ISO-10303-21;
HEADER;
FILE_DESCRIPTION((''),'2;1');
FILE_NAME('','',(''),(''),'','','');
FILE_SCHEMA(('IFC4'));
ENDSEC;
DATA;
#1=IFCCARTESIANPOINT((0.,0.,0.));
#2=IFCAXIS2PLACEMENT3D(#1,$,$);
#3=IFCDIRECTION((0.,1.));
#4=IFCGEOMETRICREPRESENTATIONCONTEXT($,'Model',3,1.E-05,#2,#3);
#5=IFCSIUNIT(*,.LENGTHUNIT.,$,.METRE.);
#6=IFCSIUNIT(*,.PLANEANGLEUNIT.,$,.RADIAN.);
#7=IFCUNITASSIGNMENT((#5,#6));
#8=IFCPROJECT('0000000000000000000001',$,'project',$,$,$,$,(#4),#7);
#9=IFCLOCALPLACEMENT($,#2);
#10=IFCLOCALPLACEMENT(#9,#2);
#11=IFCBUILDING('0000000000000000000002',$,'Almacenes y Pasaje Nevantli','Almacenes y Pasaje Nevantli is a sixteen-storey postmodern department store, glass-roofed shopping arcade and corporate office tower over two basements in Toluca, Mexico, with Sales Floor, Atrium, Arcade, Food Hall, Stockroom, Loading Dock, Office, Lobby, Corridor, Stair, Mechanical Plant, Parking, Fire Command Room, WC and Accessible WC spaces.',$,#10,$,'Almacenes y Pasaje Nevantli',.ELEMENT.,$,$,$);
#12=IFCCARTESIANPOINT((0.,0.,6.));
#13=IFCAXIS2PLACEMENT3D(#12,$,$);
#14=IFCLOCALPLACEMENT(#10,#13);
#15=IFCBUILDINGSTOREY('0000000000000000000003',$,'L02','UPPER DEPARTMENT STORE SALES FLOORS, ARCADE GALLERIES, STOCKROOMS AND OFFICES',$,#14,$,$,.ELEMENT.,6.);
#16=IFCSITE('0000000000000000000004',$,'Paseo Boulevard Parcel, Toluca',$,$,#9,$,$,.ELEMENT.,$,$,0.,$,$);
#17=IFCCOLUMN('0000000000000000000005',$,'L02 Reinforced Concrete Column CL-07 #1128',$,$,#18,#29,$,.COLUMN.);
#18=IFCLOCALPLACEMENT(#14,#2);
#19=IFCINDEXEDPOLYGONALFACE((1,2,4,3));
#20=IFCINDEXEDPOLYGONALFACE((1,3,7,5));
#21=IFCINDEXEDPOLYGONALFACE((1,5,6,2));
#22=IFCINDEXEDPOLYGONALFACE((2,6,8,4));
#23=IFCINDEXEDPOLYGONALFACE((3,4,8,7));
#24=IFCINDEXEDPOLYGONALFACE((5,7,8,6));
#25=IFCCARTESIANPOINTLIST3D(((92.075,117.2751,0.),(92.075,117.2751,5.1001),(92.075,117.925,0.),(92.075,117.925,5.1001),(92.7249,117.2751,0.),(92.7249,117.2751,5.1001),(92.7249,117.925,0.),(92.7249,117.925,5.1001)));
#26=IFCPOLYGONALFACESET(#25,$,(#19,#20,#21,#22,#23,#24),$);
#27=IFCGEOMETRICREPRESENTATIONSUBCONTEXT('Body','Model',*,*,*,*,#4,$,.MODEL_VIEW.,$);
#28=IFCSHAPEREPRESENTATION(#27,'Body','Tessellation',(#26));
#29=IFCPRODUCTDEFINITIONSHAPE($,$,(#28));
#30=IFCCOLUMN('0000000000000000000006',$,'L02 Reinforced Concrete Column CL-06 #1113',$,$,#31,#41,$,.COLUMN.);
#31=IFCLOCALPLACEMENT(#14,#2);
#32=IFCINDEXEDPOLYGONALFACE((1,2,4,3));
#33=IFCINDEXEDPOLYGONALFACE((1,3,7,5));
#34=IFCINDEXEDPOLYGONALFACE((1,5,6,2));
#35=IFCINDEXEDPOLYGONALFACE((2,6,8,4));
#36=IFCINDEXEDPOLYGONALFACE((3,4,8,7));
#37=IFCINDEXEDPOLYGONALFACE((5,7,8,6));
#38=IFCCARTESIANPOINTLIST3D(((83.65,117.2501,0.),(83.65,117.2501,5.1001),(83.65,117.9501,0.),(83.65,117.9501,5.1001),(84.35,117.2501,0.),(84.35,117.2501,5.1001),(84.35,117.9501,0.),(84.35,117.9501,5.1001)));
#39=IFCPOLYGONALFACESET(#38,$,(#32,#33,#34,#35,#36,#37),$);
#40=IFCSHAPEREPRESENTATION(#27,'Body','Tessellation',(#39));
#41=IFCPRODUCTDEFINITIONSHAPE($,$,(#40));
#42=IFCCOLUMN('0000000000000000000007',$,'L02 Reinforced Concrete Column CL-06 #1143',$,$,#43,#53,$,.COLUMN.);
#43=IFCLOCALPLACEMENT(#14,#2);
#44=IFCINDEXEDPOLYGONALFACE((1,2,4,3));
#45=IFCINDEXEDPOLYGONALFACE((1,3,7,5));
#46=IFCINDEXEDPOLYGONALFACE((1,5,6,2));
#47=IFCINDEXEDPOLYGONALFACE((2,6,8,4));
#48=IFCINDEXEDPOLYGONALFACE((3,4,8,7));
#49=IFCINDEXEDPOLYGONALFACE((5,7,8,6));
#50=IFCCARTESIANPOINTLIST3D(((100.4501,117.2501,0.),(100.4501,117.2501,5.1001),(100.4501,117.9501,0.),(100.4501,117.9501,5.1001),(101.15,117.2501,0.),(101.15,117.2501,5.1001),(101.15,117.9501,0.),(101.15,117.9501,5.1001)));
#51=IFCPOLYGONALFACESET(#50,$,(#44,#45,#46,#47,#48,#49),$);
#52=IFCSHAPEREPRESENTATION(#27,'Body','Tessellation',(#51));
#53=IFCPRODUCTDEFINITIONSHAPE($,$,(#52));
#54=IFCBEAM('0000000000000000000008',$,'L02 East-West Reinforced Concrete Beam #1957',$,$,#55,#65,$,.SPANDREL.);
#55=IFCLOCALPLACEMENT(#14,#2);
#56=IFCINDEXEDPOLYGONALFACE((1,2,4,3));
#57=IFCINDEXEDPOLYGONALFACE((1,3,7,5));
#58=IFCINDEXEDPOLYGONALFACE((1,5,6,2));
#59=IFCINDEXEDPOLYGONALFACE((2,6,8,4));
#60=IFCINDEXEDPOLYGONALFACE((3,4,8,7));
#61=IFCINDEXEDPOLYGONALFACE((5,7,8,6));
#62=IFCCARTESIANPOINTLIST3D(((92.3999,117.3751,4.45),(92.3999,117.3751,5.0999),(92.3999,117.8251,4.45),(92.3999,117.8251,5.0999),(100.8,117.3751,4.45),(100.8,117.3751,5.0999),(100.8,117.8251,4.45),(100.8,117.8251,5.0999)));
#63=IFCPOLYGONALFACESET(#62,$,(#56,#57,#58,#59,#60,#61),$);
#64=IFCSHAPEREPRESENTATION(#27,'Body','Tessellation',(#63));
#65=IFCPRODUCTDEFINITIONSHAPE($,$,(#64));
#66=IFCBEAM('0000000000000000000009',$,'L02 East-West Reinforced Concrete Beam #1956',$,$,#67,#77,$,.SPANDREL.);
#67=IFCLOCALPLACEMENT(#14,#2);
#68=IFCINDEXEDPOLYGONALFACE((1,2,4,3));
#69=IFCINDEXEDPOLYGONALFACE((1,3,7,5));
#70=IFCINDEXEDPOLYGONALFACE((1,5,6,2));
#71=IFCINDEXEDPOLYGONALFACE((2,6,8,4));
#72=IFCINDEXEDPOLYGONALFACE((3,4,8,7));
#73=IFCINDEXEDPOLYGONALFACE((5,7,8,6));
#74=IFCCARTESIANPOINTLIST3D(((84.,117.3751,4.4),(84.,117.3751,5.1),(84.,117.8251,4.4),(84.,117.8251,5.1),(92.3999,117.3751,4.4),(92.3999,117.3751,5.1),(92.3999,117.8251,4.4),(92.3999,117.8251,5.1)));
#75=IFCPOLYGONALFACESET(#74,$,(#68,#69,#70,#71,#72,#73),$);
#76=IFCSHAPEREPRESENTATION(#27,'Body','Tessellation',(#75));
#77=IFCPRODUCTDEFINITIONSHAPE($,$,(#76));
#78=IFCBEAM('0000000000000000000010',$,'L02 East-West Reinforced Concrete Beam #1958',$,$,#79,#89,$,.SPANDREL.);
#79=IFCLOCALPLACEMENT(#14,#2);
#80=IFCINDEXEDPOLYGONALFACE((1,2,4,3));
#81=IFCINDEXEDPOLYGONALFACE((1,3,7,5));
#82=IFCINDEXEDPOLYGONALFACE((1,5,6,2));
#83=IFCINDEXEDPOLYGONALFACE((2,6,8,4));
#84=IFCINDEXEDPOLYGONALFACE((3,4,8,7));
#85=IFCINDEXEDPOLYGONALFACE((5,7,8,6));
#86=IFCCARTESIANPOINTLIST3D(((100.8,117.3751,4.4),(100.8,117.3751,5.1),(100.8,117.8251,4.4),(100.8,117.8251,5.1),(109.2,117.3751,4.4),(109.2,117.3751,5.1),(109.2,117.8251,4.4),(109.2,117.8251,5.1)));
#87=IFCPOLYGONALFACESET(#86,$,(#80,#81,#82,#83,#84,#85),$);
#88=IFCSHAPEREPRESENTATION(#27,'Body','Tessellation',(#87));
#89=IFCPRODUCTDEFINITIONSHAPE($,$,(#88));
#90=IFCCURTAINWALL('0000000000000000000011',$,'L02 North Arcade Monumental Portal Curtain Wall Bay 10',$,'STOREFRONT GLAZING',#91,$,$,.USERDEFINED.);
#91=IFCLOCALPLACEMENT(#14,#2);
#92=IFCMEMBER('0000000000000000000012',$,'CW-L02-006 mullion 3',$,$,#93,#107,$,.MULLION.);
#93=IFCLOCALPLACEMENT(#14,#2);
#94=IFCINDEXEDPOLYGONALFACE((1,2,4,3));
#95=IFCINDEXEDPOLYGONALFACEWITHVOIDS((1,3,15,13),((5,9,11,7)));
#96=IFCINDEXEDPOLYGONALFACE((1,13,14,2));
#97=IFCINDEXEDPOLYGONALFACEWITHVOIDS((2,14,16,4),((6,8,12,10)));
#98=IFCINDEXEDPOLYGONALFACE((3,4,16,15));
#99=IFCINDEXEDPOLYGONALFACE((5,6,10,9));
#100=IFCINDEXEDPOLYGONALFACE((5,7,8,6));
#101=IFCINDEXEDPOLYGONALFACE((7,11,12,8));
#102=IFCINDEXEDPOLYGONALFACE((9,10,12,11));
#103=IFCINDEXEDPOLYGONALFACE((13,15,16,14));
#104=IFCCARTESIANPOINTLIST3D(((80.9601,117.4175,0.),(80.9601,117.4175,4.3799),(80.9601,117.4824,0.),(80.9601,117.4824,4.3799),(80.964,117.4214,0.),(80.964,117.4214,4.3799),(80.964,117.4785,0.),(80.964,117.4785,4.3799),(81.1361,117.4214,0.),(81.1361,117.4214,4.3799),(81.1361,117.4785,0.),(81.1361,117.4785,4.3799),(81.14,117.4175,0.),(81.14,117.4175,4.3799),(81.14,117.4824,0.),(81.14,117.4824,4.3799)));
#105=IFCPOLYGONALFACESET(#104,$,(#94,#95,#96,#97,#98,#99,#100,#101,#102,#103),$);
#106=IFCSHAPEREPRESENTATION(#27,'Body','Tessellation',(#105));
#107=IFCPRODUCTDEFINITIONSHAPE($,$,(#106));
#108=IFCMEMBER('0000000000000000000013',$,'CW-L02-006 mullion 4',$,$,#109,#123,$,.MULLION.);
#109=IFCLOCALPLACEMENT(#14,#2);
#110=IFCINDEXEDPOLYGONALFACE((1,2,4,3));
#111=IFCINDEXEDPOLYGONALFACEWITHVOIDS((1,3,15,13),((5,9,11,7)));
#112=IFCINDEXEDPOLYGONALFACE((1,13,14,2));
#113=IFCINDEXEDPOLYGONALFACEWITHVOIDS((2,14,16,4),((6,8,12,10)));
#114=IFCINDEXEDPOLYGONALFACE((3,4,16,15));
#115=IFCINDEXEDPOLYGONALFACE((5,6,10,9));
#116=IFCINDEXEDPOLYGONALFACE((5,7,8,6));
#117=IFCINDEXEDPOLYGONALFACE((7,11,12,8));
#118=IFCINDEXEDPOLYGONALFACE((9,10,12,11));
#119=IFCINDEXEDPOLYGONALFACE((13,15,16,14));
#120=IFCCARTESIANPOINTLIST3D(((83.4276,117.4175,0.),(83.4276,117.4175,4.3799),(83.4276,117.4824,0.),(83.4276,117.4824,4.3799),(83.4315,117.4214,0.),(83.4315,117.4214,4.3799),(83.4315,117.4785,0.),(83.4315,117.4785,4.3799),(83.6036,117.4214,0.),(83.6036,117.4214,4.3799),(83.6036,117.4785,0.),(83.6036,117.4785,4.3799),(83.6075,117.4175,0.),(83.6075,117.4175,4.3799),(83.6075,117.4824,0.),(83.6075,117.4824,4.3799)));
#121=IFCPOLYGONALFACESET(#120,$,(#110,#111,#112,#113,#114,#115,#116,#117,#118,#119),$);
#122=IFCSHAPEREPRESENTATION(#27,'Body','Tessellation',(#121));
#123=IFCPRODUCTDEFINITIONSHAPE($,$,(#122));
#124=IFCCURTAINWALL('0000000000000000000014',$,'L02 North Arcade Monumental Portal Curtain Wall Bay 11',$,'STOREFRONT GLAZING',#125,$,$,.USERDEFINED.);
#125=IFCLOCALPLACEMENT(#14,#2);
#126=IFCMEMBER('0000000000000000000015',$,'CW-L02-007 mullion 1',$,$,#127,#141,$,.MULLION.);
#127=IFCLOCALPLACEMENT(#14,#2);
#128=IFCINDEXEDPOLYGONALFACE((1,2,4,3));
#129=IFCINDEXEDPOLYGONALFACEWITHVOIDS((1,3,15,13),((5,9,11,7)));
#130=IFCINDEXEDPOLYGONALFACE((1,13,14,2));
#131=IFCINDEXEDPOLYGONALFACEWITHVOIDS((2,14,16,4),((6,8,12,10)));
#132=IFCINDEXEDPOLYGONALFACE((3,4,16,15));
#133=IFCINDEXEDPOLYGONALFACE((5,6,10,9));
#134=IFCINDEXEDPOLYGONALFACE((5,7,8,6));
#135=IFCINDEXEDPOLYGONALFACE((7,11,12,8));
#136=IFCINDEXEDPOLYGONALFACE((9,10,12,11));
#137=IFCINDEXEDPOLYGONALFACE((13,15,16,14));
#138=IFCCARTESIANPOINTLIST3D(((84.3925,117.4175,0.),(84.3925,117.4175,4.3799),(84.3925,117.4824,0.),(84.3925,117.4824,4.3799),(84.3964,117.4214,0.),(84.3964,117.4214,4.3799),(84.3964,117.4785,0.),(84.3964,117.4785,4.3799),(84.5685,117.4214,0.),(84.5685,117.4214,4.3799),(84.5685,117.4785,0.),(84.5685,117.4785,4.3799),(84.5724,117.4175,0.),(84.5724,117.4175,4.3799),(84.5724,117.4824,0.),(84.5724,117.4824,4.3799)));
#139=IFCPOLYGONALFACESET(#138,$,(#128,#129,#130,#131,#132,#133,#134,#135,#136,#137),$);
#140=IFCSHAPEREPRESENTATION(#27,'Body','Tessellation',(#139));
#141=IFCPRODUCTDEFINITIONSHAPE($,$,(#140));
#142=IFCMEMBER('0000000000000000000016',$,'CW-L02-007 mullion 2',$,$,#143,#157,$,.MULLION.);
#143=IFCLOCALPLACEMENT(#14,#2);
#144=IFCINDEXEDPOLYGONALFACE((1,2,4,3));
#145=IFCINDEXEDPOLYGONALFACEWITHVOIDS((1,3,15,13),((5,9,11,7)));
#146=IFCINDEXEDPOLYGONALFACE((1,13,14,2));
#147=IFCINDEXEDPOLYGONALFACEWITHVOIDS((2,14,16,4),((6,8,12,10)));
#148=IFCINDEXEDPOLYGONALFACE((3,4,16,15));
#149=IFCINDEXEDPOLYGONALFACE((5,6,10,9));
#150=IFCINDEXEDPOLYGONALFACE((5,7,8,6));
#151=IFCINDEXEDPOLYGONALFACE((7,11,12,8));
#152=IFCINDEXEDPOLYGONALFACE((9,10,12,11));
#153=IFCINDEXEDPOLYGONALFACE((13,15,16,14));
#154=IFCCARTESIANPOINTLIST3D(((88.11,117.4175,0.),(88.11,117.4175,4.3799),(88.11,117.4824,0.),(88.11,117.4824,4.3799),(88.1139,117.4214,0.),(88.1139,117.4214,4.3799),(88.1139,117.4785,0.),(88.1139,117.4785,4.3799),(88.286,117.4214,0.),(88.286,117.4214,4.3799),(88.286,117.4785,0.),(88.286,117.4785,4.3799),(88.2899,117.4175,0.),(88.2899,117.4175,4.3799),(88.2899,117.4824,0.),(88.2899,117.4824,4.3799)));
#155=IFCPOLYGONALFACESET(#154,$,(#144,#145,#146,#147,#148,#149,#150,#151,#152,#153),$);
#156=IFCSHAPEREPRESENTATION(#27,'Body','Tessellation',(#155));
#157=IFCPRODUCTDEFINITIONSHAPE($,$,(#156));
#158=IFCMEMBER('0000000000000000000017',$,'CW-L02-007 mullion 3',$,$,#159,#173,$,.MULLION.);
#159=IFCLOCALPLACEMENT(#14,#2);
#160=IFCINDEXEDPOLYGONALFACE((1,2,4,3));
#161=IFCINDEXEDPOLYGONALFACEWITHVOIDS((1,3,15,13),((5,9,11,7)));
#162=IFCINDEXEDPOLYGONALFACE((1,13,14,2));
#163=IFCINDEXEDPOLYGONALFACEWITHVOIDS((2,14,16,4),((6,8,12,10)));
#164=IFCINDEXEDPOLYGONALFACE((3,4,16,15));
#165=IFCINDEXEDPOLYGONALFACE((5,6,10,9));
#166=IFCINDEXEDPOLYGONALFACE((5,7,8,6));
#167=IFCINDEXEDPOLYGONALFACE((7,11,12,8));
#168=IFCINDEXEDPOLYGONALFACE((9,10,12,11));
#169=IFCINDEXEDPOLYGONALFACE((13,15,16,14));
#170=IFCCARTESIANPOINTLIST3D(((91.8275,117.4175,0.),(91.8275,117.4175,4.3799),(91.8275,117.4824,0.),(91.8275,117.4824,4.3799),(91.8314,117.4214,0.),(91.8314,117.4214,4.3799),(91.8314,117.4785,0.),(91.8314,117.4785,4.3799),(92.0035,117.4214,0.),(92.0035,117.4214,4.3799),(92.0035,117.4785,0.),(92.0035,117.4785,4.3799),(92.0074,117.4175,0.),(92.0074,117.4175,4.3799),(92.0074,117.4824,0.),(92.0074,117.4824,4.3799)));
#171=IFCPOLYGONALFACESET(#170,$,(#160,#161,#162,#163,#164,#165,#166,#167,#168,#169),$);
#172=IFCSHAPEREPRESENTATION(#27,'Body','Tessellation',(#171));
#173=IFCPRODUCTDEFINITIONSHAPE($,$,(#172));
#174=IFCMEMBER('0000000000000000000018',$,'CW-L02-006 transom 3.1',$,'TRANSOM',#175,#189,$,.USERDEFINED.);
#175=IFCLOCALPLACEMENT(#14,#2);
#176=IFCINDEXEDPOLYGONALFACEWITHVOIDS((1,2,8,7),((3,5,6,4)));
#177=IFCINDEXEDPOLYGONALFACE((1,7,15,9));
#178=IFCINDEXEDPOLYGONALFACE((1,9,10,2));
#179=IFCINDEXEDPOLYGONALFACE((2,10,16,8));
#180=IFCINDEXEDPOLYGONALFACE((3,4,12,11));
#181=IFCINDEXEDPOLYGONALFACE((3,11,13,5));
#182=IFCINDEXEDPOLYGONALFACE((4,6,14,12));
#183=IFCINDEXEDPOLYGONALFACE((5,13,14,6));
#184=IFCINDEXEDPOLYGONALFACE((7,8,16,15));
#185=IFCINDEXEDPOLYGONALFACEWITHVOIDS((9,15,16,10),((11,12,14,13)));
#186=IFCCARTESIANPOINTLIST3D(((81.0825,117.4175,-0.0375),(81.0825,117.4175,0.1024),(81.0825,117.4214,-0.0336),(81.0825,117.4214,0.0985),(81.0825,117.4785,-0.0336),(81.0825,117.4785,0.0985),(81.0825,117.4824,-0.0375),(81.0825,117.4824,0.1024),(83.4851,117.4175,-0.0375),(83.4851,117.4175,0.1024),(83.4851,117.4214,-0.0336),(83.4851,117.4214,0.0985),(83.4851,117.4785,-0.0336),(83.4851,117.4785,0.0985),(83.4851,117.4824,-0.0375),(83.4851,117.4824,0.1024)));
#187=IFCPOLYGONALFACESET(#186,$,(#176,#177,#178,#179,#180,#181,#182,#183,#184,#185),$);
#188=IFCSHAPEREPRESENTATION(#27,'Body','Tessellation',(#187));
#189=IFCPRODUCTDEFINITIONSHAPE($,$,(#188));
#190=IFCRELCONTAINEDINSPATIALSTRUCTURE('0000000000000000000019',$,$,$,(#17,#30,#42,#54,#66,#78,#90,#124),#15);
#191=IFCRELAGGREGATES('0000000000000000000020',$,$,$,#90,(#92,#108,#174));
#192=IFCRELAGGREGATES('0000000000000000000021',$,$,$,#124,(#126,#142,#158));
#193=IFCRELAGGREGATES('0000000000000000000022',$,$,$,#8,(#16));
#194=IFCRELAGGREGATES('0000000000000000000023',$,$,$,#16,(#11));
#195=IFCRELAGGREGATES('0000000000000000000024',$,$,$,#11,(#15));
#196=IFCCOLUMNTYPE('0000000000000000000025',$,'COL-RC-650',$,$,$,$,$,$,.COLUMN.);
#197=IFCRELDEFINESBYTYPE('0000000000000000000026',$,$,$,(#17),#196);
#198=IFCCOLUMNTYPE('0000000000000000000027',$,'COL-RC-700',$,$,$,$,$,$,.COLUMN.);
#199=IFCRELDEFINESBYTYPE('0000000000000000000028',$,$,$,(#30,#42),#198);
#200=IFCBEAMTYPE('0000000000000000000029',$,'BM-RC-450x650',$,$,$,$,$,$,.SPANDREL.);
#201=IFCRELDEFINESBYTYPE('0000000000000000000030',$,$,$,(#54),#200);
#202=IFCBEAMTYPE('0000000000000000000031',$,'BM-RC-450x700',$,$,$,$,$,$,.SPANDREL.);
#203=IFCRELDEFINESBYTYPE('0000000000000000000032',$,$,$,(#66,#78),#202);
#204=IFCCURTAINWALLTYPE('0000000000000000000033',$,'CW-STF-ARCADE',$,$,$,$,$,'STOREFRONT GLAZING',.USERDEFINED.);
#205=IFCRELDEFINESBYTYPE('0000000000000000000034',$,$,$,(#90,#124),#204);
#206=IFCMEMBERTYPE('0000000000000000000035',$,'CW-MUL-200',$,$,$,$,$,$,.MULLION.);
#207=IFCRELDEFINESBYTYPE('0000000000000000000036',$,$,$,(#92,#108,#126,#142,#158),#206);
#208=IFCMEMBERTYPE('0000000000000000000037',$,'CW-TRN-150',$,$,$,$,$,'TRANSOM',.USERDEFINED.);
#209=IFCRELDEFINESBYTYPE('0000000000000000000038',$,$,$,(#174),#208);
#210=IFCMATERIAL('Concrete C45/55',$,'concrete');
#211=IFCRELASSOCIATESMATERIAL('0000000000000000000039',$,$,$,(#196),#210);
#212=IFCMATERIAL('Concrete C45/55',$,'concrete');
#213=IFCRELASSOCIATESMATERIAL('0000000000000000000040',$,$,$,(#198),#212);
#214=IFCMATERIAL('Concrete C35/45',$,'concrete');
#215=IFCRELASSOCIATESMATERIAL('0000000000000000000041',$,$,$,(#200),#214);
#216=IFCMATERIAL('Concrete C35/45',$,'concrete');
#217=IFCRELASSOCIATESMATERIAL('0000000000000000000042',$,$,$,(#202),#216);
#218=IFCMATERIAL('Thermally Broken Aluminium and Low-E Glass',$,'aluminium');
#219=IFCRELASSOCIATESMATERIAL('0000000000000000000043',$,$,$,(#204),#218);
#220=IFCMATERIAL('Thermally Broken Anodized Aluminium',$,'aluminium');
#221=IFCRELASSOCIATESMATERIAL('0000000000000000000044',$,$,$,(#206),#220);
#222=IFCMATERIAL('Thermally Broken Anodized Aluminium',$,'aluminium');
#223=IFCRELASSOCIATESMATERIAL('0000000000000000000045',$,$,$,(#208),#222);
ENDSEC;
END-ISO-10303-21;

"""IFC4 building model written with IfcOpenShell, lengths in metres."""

from ifc_helpers import new_model, si_unit, direction, frame, origin, origin_2d, place, context, subcontext, project, spatial, rectangle, hollow_rectangle, extrude, material, material_profile, profile_set, type_object, element, aggregate, save


model = new_model("IFC4")

# Units and contexts
model_context = context("Model", 3, precision=1e-05, world=origin(), true_north=direction((0.0, 1.0)))
body_context = subcontext(model_context, "Body", "Model", "MODEL_VIEW")
ifc_project = project(units=[si_unit("LENGTHUNIT", "METRE"), si_unit("PLANEANGLEUNIT", "RADIAN")], contexts=[model_context])

# Site, building, storey
site_placement = place(None, origin())
site = spatial("IfcSite", under=ifc_project, at=site_placement, Name="Paseo Boulevard Parcel, Toluca", CompositionType="ELEMENT", RefElevation=0.0)
building_placement = place(site_placement, origin())
building = spatial("IfcBuilding", under=site, at=building_placement, Name="Almacenes y Pasaje Nevantli", Description="Almacenes y Pasaje Nevantli is a sixteen-storey postmodern department store, glass-roofed shopping arcade and corporate office tower over two basements in Toluca, Mexico, with Sales Floor, Atrium, Arcade, Food Hall, Stockroom, Loading Dock, Office, Lobby, Corridor, Stair, Mechanical Plant, Parking, Fire Command Room, WC and Accessible WC spaces.", LongName="Almacenes y Pasaje Nevantli", CompositionType="ELEMENT")
storey_placement = place(building_placement, frame((0.0, 0.0, 6.0)))
storey = spatial("IfcBuildingStorey", under=building, at=storey_placement, Name="L02", Description="UPPER DEPARTMENT STORE SALES FLOORS, ARCADE GALLERIES, STOCKROOMS AND OFFICES", CompositionType="ELEMENT", Elevation=6.0)

# Columns
ifc_material_1 = material(Name="Concrete C45/55", Category="concrete")
ifc_material_profile_1 = material_profile(ifc_material_1, rectangle(XDim=0.6499, YDim=0.6499, at=origin_2d()), Name="RC-COL-650x650")
ifc_profile_set_1 = profile_set([ifc_material_profile_1], Name="Concrete C45/55")
column_type_1 = type_object("IfcColumnType", Name="COL-RC-650", PredefinedType="COLUMN", material=ifc_profile_set_1)
column_placement = place(storey_placement, frame((92.3999, 117.6001, 0.0), z_axis=(0.0, 0.0, 1.0), x_axis=(1.0, 0.0, 0.0)))
element("IfcColumn", 1, at=column_placement, inside=storey, type_object=column_type_1, Name="L02 Reinforced Concrete Column CL-07 #1128", PredefinedType="COLUMN", context=body_context, shape_type="SweptSolid", body=[
    extrude(rectangle(XDim=0.6499, YDim=0.6499, at=origin_2d()), origin(), (0.0, 0.0, 1.0), 5.1001),
])
ifc_material_2 = material(Name="Concrete C45/55", Category="concrete")
ifc_material_profile_2 = material_profile(ifc_material_2, rectangle(XDim=0.7, YDim=0.7, at=origin_2d()), Name="RC-COL-700x700")
ifc_profile_set_2 = profile_set([ifc_material_profile_2], Name="Concrete C45/55")
column_type_2 = type_object("IfcColumnType", Name="COL-RC-700", PredefinedType="COLUMN", material=ifc_profile_set_2)
for number, where, z_axis, x_axis, name in (
    (2, (84.0, 117.6001, 0.0), (0.0, 0.0, 1.0), (1.0, 0.0, 0.0), "L02 Reinforced Concrete Column CL-06 #1113"),
    (3, (100.8, 117.6001, 0.0), (0.0, 0.0, 1.0), (1.0, 0.0, 0.0), "L02 Reinforced Concrete Column CL-06 #1143"),
):
    element("IfcColumn", number, at=place(storey_placement, frame(where, z_axis=z_axis, x_axis=x_axis)), inside=storey, type_object=column_type_2, Name=name, PredefinedType="COLUMN", context=body_context, shape_type="SweptSolid", body=[
        extrude(rectangle(XDim=0.7, YDim=0.7, at=origin_2d()), origin(), (0.0, 0.0, 1.0), 5.1001),
    ])

# Beams
ifc_material_3 = material(Name="Concrete C35/45", Category="concrete")
ifc_material_profile_3 = material_profile(ifc_material_3, rectangle(XDim=0.45, YDim=0.6499, at=origin_2d()), Name="RC-BM-450x650")
ifc_profile_set_3 = profile_set([ifc_material_profile_3], Name="Concrete C35/45")
beam_type_1 = type_object("IfcBeamType", Name="BM-RC-450x650", PredefinedType="SPANDREL", material=ifc_profile_set_3)
beam_placement = place(storey_placement, frame((92.3999, 117.6001, 4.7749), z_axis=(1.0, 0.0, 0.0), x_axis=(0.0, 1.0, 0.0)))
element("IfcBeam", 4, at=beam_placement, inside=storey, type_object=beam_type_1, Name="L02 East-West Reinforced Concrete Beam #1957", PredefinedType="SPANDREL", context=body_context, shape_type="SweptSolid", body=[
    extrude(rectangle(XDim=0.45, YDim=0.6499, at=origin_2d()), origin(), (0.0, 0.0, 1.0), 8.4001),
])
ifc_material_4 = material(Name="Concrete C35/45", Category="concrete")
ifc_material_profile_4 = material_profile(ifc_material_4, rectangle(XDim=0.45, YDim=0.7, at=origin_2d()), Name="RC-BM-450x700")
ifc_profile_set_4 = profile_set([ifc_material_profile_4], Name="Concrete C35/45")
beam_type_2 = type_object("IfcBeamType", Name="BM-RC-450x700", PredefinedType="SPANDREL", material=ifc_profile_set_4)
for number, where, z_axis, x_axis, name in (
    (5, (84.0, 117.6001, 4.75), (1.0, 0.0, 0.0), (0.0, 1.0, 0.0), "L02 East-West Reinforced Concrete Beam #1956"),
    (6, (100.8, 117.6001, 4.75), (1.0, 0.0, 0.0), (0.0, 1.0, 0.0), "L02 East-West Reinforced Concrete Beam #1958"),
):
    element("IfcBeam", number, at=place(storey_placement, frame(where, z_axis=z_axis, x_axis=x_axis)), inside=storey, type_object=beam_type_2, Name=name, PredefinedType="SPANDREL", context=body_context, shape_type="SweptSolid", body=[
        extrude(rectangle(XDim=0.45, YDim=0.7, at=origin_2d()), origin(), (0.0, 0.0, 1.0), 8.3999),
    ])

# Curtain walls, members
ifc_material_5 = material(Name="Thermally Broken Aluminium and Low-E Glass", Category="aluminium")
curtain_wall_type = type_object("IfcCurtainWallType", Name="CW-STF-ARCADE", ElementType="STOREFRONT GLAZING", PredefinedType="USERDEFINED", material=ifc_material_5)
curtain_wall_1_placement = place(storey_placement, origin())
curtain_wall_1 = element("IfcCurtainWall", 7, at=curtain_wall_1_placement, inside=storey, type_object=curtain_wall_type, Name="L02 North Arcade Monumental Portal Curtain Wall Bay 10", ObjectType="STOREFRONT GLAZING", PredefinedType="USERDEFINED")
ifc_material_6 = material(Name="Thermally Broken Anodized Aluminium", Category="aluminium")
ifc_material_profile_5 = material_profile(ifc_material_6, hollow_rectangle(XDim=0.0649, YDim=0.1799, WallThickness=0.0039, at=origin_2d()), Name="ALU-MUL-65x180")
ifc_profile_set_5 = profile_set([ifc_material_profile_5], Name="Thermally Broken Anodized Aluminium")
member_type_1 = type_object("IfcMemberType", Name="CW-MUL-200", PredefinedType="MULLION", material=ifc_profile_set_5)
member_1_placement = place(storey_placement, frame((81.05, 117.45, 0.0), z_axis=(0.0, 0.0, 1.0), x_axis=(0.0, 1.0, 0.0)))
member_1 = element("IfcMember", 8, at=member_1_placement, type_object=member_type_1, Name="CW-L02-006 mullion 3", PredefinedType="MULLION", context=body_context, shape_type="SweptSolid", body=[
    extrude(hollow_rectangle(XDim=0.0649, YDim=0.1799, WallThickness=0.0039, at=origin_2d()), origin(), (0.0, 0.0, 1.0), 4.3799),
])
member_2_placement = place(storey_placement, frame((83.5176, 117.45, 0.0), z_axis=(0.0, 0.0, 1.0), x_axis=(0.0, 1.0, 0.0)))
member_2 = element("IfcMember", 9, at=member_2_placement, type_object=member_type_1, Name="CW-L02-006 mullion 4", PredefinedType="MULLION", context=body_context, shape_type="SweptSolid", body=[
    extrude(hollow_rectangle(XDim=0.0649, YDim=0.1799, WallThickness=0.0039, at=origin_2d()), origin(), (0.0, 0.0, 1.0), 4.3799),
])
curtain_wall_2_placement = place(storey_placement, origin())
curtain_wall_2 = element("IfcCurtainWall", 10, at=curtain_wall_2_placement, inside=storey, type_object=curtain_wall_type, Name="L02 North Arcade Monumental Portal Curtain Wall Bay 11", ObjectType="STOREFRONT GLAZING", PredefinedType="USERDEFINED")
member_3_placement = place(storey_placement, frame((84.4824, 117.45, 0.0), z_axis=(0.0, 0.0, 1.0), x_axis=(0.0, 1.0, 0.0)))
member_3 = element("IfcMember", 11, at=member_3_placement, type_object=member_type_1, Name="CW-L02-007 mullion 1", PredefinedType="MULLION", context=body_context, shape_type="SweptSolid", body=[
    extrude(hollow_rectangle(XDim=0.0649, YDim=0.1799, WallThickness=0.0039, at=origin_2d()), origin(), (0.0, 0.0, 1.0), 4.3799),
])
member_4_placement = place(storey_placement, frame((88.2, 117.45, 0.0), z_axis=(0.0, 0.0, 1.0), x_axis=(0.0, 1.0, 0.0)))
member_4 = element("IfcMember", 12, at=member_4_placement, type_object=member_type_1, Name="CW-L02-007 mullion 2", PredefinedType="MULLION", context=body_context, shape_type="SweptSolid", body=[
    extrude(hollow_rectangle(XDim=0.0649, YDim=0.1799, WallThickness=0.0039, at=origin_2d()), origin(), (0.0, 0.0, 1.0), 4.3799),
])
member_5_placement = place(storey_placement, frame((91.9175, 117.45, 0.0), z_axis=(0.0, 0.0, 1.0), x_axis=(0.0, 1.0, 0.0)))
member_5 = element("IfcMember", 13, at=member_5_placement, type_object=member_type_1, Name="CW-L02-007 mullion 3", PredefinedType="MULLION", context=body_context, shape_type="SweptSolid", body=[
    extrude(hollow_rectangle(XDim=0.0649, YDim=0.1799, WallThickness=0.0039, at=origin_2d()), origin(), (0.0, 0.0, 1.0), 4.3799),
])

# Member
ifc_material_7 = material(Name="Thermally Broken Anodized Aluminium", Category="aluminium")
ifc_material_profile_6 = material_profile(ifc_material_7, hollow_rectangle(XDim=0.0649, YDim=0.1399, WallThickness=0.0039, at=origin_2d()), Name="ALU-TRN-65x140")
ifc_profile_set_6 = profile_set([ifc_material_profile_6], Name="Thermally Broken Anodized Aluminium")
member_type_2 = type_object("IfcMemberType", Name="CW-TRN-150", ElementType="TRANSOM", PredefinedType="USERDEFINED", material=ifc_profile_set_6)
member_6_placement = place(storey_placement, frame((81.0825, 117.45, 0.0325), z_axis=(1.0, 0.0, 0.0), x_axis=(0.0, 1.0, 0.0)))
member_6 = element("IfcMember", 14, at=member_6_placement, type_object=member_type_2, Name="CW-L02-006 transom 3.1", ObjectType="TRANSOM", PredefinedType="USERDEFINED", context=body_context, shape_type="SweptSolid", body=[
    extrude(hollow_rectangle(XDim=0.0649, YDim=0.1399, WallThickness=0.0039, at=origin_2d()), origin(), (0.0, 0.0, 1.0), 2.4026),
])

aggregate(curtain_wall_1, [member_1, member_2, member_6])
aggregate(curtain_wall_2, [member_3, member_4, member_5])

save(model, "model.ifc")
